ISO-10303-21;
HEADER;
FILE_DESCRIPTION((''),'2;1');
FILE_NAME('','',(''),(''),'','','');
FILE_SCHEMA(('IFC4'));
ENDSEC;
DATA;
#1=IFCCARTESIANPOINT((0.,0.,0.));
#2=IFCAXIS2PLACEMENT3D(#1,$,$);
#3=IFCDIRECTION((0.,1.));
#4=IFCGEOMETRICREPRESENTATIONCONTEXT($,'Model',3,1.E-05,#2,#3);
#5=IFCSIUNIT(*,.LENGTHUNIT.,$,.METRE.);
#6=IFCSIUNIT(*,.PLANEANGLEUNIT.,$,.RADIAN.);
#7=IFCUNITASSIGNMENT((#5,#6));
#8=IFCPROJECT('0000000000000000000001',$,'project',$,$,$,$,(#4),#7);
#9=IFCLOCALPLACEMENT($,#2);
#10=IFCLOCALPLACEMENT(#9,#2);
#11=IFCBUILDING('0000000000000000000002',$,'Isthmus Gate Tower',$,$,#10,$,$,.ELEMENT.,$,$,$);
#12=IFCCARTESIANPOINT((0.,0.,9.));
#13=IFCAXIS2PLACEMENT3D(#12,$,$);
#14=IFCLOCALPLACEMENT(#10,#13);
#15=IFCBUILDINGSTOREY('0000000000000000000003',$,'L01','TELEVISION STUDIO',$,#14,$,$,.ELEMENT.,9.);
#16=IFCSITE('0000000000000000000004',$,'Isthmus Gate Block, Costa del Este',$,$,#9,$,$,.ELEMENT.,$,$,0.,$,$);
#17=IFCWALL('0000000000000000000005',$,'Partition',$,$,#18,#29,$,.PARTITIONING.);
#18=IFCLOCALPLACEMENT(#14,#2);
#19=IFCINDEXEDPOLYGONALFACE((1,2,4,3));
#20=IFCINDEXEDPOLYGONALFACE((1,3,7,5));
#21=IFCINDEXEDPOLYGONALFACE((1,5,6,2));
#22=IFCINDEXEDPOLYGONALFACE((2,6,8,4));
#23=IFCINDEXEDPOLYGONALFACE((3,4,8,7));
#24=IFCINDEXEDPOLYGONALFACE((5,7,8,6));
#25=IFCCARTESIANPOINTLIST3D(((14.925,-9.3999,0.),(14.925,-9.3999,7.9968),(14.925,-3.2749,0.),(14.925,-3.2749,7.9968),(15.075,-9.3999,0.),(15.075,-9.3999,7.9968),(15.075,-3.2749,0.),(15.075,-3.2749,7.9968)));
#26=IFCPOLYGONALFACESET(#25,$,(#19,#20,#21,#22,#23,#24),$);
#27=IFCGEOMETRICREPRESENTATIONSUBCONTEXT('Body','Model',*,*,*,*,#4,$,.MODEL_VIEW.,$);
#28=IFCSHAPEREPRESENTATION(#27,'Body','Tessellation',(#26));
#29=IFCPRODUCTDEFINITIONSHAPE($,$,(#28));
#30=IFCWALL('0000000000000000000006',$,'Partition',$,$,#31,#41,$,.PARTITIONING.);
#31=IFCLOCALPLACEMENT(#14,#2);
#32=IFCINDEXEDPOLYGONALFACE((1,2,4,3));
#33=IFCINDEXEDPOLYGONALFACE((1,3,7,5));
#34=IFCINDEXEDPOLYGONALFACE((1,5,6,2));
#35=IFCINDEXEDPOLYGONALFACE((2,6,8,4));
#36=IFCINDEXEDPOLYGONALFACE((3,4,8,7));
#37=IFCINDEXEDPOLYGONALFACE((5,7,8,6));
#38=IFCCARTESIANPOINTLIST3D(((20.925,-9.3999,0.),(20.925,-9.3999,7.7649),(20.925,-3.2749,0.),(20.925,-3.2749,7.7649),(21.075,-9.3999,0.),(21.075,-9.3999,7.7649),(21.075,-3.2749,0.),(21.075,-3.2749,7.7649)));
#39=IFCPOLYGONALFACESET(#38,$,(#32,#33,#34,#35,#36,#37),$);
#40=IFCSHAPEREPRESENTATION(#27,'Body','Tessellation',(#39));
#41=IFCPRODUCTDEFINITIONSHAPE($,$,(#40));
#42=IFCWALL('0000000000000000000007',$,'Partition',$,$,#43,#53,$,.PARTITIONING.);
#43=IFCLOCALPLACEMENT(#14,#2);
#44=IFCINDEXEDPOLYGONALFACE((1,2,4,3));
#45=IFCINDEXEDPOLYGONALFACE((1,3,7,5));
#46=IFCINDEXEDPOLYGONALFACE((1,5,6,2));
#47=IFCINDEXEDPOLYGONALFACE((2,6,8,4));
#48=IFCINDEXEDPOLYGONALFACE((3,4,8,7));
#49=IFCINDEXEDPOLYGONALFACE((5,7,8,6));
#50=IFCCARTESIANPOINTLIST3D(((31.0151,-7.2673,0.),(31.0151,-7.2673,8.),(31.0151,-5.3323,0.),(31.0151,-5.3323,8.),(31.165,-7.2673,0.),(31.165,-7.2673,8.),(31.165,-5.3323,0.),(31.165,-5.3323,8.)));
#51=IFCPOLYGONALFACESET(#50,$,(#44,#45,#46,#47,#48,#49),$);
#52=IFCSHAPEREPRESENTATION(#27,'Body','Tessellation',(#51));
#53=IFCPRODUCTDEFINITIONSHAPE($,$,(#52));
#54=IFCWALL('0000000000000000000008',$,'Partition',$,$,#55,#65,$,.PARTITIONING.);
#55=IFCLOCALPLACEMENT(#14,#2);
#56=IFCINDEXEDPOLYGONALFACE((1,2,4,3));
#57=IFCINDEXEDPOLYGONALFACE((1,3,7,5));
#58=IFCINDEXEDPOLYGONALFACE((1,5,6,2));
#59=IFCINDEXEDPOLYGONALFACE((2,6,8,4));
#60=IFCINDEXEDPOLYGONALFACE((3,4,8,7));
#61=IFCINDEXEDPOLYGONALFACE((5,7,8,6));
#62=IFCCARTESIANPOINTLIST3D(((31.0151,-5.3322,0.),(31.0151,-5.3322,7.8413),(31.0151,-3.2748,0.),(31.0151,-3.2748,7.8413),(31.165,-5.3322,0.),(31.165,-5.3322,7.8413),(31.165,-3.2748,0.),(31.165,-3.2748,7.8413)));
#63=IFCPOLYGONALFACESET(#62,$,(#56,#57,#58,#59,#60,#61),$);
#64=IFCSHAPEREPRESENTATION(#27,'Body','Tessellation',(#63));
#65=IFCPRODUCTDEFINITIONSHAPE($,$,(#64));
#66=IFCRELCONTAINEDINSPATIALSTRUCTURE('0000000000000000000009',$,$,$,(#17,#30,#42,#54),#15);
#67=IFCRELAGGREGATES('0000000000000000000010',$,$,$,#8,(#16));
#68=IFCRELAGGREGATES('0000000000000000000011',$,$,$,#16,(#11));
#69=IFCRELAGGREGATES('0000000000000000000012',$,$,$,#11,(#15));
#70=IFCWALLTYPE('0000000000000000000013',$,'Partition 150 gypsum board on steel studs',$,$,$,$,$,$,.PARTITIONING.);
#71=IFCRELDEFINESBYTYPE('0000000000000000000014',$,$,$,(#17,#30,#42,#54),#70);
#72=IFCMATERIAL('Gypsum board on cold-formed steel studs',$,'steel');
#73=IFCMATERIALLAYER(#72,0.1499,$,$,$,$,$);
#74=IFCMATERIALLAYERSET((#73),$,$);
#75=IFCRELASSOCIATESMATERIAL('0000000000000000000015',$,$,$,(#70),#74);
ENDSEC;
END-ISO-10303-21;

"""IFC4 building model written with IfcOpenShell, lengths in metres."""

from ifc_helpers import new_model, si_unit, direction, frame, frame_2d, origin, place, context, subcontext, project, spatial, rectangle, extrude, material, layer, layer_set, type_object, element, save


model = new_model("IFC4")

# Units and contexts
model_context = context("Model", 3, precision=1e-05, world=origin(), true_north=direction((0.0, 1.0)))
body_context = subcontext(model_context, "Body", "Model", "MODEL_VIEW")
ifc_project = project(units=[si_unit("LENGTHUNIT", "METRE"), si_unit("PLANEANGLEUNIT", "RADIAN")], contexts=[model_context])

# Site, building, storey
site_placement = place(None, origin())
site = spatial("IfcSite", under=ifc_project, at=site_placement, Name="Isthmus Gate Block, Costa del Este", CompositionType="ELEMENT", RefElevation=0.0)
building_placement = place(site_placement, origin())
building = spatial("IfcBuilding", under=site, at=building_placement, Name="Isthmus Gate Tower", CompositionType="ELEMENT")
storey_placement = place(building_placement, frame((0.0, 0.0, 9.0)))
storey = spatial("IfcBuildingStorey", under=building, at=storey_placement, Name="L01", Description="TELEVISION STUDIO", CompositionType="ELEMENT", Elevation=9.0)

# Shared definitions
ifc_material_1 = material(Name="Gypsum board on cold-formed steel studs", Category="steel")
ifc_layer = layer(ifc_material_1, 0.1499)
ifc_layer_set = layer_set([ifc_layer])
wall_type = type_object("IfcWallType", Name="Partition 150 gypsum board on steel studs", PredefinedType="PARTITIONING", material=ifc_layer_set)

# Walls
for number, where, z_axis, x_axis, name in (
    (1, (15.0, -9.3999, 0.0), (0.0, 0.0, 1.0), (0.0, 1.0, 0.0), "Partition"),
):
    element("IfcWall", number, at=place(storey_placement, frame(where, z_axis=z_axis, x_axis=x_axis)), inside=storey, type_object=wall_type, Name=name, PredefinedType="PARTITIONING", context=body_context, shape_type="SweptSolid", body=[
        extrude(rectangle(XDim=6.125, YDim=0.1499, at=frame_2d((3.0625, 0.0))), origin(), (0.0, 0.0, 1.0), 7.9968),
    ])
wall_1_placement = place(storey_placement, frame((21.0, -9.3999, 0.0), z_axis=(0.0, 0.0, 1.0), x_axis=(0.0, 1.0, 0.0)))
element("IfcWall", 2, at=wall_1_placement, inside=storey, type_object=wall_type, Name="Partition", PredefinedType="PARTITIONING", context=body_context, shape_type="SweptSolid", body=[
    extrude(rectangle(XDim=6.125, YDim=0.1499, at=frame_2d((3.0625, 0.0))), origin(), (0.0, 0.0, 1.0), 7.7649),
])
wall_2_placement = place(storey_placement, frame((31.0901, -7.2673, 0.0), z_axis=(0.0, 0.0, 1.0), x_axis=(0.0, 1.0, 0.0)))
element("IfcWall", 3, at=wall_2_placement, inside=storey, type_object=wall_type, Name="Partition", PredefinedType="PARTITIONING", context=body_context, shape_type="SweptSolid", body=[
    extrude(rectangle(XDim=1.9351, YDim=0.1499, at=frame_2d((0.9675, 0.0))), origin(), (0.0, 0.0, 1.0), 8.0),
])
wall_3_placement = place(storey_placement, frame((31.0901, -5.3323, 0.0), z_axis=(0.0, 0.0, 1.0), x_axis=(0.0, 1.0, 0.0)))
element("IfcWall", 4, at=wall_3_placement, inside=storey, type_object=wall_type, Name="Partition", PredefinedType="PARTITIONING", context=body_context, shape_type="SweptSolid", body=[
    extrude(rectangle(XDim=2.0574, YDim=0.1499, at=frame_2d((1.0288, 0.0))), origin(), (0.0, 0.0, 1.0), 7.8413),
])

save(model, "model.ifc")
